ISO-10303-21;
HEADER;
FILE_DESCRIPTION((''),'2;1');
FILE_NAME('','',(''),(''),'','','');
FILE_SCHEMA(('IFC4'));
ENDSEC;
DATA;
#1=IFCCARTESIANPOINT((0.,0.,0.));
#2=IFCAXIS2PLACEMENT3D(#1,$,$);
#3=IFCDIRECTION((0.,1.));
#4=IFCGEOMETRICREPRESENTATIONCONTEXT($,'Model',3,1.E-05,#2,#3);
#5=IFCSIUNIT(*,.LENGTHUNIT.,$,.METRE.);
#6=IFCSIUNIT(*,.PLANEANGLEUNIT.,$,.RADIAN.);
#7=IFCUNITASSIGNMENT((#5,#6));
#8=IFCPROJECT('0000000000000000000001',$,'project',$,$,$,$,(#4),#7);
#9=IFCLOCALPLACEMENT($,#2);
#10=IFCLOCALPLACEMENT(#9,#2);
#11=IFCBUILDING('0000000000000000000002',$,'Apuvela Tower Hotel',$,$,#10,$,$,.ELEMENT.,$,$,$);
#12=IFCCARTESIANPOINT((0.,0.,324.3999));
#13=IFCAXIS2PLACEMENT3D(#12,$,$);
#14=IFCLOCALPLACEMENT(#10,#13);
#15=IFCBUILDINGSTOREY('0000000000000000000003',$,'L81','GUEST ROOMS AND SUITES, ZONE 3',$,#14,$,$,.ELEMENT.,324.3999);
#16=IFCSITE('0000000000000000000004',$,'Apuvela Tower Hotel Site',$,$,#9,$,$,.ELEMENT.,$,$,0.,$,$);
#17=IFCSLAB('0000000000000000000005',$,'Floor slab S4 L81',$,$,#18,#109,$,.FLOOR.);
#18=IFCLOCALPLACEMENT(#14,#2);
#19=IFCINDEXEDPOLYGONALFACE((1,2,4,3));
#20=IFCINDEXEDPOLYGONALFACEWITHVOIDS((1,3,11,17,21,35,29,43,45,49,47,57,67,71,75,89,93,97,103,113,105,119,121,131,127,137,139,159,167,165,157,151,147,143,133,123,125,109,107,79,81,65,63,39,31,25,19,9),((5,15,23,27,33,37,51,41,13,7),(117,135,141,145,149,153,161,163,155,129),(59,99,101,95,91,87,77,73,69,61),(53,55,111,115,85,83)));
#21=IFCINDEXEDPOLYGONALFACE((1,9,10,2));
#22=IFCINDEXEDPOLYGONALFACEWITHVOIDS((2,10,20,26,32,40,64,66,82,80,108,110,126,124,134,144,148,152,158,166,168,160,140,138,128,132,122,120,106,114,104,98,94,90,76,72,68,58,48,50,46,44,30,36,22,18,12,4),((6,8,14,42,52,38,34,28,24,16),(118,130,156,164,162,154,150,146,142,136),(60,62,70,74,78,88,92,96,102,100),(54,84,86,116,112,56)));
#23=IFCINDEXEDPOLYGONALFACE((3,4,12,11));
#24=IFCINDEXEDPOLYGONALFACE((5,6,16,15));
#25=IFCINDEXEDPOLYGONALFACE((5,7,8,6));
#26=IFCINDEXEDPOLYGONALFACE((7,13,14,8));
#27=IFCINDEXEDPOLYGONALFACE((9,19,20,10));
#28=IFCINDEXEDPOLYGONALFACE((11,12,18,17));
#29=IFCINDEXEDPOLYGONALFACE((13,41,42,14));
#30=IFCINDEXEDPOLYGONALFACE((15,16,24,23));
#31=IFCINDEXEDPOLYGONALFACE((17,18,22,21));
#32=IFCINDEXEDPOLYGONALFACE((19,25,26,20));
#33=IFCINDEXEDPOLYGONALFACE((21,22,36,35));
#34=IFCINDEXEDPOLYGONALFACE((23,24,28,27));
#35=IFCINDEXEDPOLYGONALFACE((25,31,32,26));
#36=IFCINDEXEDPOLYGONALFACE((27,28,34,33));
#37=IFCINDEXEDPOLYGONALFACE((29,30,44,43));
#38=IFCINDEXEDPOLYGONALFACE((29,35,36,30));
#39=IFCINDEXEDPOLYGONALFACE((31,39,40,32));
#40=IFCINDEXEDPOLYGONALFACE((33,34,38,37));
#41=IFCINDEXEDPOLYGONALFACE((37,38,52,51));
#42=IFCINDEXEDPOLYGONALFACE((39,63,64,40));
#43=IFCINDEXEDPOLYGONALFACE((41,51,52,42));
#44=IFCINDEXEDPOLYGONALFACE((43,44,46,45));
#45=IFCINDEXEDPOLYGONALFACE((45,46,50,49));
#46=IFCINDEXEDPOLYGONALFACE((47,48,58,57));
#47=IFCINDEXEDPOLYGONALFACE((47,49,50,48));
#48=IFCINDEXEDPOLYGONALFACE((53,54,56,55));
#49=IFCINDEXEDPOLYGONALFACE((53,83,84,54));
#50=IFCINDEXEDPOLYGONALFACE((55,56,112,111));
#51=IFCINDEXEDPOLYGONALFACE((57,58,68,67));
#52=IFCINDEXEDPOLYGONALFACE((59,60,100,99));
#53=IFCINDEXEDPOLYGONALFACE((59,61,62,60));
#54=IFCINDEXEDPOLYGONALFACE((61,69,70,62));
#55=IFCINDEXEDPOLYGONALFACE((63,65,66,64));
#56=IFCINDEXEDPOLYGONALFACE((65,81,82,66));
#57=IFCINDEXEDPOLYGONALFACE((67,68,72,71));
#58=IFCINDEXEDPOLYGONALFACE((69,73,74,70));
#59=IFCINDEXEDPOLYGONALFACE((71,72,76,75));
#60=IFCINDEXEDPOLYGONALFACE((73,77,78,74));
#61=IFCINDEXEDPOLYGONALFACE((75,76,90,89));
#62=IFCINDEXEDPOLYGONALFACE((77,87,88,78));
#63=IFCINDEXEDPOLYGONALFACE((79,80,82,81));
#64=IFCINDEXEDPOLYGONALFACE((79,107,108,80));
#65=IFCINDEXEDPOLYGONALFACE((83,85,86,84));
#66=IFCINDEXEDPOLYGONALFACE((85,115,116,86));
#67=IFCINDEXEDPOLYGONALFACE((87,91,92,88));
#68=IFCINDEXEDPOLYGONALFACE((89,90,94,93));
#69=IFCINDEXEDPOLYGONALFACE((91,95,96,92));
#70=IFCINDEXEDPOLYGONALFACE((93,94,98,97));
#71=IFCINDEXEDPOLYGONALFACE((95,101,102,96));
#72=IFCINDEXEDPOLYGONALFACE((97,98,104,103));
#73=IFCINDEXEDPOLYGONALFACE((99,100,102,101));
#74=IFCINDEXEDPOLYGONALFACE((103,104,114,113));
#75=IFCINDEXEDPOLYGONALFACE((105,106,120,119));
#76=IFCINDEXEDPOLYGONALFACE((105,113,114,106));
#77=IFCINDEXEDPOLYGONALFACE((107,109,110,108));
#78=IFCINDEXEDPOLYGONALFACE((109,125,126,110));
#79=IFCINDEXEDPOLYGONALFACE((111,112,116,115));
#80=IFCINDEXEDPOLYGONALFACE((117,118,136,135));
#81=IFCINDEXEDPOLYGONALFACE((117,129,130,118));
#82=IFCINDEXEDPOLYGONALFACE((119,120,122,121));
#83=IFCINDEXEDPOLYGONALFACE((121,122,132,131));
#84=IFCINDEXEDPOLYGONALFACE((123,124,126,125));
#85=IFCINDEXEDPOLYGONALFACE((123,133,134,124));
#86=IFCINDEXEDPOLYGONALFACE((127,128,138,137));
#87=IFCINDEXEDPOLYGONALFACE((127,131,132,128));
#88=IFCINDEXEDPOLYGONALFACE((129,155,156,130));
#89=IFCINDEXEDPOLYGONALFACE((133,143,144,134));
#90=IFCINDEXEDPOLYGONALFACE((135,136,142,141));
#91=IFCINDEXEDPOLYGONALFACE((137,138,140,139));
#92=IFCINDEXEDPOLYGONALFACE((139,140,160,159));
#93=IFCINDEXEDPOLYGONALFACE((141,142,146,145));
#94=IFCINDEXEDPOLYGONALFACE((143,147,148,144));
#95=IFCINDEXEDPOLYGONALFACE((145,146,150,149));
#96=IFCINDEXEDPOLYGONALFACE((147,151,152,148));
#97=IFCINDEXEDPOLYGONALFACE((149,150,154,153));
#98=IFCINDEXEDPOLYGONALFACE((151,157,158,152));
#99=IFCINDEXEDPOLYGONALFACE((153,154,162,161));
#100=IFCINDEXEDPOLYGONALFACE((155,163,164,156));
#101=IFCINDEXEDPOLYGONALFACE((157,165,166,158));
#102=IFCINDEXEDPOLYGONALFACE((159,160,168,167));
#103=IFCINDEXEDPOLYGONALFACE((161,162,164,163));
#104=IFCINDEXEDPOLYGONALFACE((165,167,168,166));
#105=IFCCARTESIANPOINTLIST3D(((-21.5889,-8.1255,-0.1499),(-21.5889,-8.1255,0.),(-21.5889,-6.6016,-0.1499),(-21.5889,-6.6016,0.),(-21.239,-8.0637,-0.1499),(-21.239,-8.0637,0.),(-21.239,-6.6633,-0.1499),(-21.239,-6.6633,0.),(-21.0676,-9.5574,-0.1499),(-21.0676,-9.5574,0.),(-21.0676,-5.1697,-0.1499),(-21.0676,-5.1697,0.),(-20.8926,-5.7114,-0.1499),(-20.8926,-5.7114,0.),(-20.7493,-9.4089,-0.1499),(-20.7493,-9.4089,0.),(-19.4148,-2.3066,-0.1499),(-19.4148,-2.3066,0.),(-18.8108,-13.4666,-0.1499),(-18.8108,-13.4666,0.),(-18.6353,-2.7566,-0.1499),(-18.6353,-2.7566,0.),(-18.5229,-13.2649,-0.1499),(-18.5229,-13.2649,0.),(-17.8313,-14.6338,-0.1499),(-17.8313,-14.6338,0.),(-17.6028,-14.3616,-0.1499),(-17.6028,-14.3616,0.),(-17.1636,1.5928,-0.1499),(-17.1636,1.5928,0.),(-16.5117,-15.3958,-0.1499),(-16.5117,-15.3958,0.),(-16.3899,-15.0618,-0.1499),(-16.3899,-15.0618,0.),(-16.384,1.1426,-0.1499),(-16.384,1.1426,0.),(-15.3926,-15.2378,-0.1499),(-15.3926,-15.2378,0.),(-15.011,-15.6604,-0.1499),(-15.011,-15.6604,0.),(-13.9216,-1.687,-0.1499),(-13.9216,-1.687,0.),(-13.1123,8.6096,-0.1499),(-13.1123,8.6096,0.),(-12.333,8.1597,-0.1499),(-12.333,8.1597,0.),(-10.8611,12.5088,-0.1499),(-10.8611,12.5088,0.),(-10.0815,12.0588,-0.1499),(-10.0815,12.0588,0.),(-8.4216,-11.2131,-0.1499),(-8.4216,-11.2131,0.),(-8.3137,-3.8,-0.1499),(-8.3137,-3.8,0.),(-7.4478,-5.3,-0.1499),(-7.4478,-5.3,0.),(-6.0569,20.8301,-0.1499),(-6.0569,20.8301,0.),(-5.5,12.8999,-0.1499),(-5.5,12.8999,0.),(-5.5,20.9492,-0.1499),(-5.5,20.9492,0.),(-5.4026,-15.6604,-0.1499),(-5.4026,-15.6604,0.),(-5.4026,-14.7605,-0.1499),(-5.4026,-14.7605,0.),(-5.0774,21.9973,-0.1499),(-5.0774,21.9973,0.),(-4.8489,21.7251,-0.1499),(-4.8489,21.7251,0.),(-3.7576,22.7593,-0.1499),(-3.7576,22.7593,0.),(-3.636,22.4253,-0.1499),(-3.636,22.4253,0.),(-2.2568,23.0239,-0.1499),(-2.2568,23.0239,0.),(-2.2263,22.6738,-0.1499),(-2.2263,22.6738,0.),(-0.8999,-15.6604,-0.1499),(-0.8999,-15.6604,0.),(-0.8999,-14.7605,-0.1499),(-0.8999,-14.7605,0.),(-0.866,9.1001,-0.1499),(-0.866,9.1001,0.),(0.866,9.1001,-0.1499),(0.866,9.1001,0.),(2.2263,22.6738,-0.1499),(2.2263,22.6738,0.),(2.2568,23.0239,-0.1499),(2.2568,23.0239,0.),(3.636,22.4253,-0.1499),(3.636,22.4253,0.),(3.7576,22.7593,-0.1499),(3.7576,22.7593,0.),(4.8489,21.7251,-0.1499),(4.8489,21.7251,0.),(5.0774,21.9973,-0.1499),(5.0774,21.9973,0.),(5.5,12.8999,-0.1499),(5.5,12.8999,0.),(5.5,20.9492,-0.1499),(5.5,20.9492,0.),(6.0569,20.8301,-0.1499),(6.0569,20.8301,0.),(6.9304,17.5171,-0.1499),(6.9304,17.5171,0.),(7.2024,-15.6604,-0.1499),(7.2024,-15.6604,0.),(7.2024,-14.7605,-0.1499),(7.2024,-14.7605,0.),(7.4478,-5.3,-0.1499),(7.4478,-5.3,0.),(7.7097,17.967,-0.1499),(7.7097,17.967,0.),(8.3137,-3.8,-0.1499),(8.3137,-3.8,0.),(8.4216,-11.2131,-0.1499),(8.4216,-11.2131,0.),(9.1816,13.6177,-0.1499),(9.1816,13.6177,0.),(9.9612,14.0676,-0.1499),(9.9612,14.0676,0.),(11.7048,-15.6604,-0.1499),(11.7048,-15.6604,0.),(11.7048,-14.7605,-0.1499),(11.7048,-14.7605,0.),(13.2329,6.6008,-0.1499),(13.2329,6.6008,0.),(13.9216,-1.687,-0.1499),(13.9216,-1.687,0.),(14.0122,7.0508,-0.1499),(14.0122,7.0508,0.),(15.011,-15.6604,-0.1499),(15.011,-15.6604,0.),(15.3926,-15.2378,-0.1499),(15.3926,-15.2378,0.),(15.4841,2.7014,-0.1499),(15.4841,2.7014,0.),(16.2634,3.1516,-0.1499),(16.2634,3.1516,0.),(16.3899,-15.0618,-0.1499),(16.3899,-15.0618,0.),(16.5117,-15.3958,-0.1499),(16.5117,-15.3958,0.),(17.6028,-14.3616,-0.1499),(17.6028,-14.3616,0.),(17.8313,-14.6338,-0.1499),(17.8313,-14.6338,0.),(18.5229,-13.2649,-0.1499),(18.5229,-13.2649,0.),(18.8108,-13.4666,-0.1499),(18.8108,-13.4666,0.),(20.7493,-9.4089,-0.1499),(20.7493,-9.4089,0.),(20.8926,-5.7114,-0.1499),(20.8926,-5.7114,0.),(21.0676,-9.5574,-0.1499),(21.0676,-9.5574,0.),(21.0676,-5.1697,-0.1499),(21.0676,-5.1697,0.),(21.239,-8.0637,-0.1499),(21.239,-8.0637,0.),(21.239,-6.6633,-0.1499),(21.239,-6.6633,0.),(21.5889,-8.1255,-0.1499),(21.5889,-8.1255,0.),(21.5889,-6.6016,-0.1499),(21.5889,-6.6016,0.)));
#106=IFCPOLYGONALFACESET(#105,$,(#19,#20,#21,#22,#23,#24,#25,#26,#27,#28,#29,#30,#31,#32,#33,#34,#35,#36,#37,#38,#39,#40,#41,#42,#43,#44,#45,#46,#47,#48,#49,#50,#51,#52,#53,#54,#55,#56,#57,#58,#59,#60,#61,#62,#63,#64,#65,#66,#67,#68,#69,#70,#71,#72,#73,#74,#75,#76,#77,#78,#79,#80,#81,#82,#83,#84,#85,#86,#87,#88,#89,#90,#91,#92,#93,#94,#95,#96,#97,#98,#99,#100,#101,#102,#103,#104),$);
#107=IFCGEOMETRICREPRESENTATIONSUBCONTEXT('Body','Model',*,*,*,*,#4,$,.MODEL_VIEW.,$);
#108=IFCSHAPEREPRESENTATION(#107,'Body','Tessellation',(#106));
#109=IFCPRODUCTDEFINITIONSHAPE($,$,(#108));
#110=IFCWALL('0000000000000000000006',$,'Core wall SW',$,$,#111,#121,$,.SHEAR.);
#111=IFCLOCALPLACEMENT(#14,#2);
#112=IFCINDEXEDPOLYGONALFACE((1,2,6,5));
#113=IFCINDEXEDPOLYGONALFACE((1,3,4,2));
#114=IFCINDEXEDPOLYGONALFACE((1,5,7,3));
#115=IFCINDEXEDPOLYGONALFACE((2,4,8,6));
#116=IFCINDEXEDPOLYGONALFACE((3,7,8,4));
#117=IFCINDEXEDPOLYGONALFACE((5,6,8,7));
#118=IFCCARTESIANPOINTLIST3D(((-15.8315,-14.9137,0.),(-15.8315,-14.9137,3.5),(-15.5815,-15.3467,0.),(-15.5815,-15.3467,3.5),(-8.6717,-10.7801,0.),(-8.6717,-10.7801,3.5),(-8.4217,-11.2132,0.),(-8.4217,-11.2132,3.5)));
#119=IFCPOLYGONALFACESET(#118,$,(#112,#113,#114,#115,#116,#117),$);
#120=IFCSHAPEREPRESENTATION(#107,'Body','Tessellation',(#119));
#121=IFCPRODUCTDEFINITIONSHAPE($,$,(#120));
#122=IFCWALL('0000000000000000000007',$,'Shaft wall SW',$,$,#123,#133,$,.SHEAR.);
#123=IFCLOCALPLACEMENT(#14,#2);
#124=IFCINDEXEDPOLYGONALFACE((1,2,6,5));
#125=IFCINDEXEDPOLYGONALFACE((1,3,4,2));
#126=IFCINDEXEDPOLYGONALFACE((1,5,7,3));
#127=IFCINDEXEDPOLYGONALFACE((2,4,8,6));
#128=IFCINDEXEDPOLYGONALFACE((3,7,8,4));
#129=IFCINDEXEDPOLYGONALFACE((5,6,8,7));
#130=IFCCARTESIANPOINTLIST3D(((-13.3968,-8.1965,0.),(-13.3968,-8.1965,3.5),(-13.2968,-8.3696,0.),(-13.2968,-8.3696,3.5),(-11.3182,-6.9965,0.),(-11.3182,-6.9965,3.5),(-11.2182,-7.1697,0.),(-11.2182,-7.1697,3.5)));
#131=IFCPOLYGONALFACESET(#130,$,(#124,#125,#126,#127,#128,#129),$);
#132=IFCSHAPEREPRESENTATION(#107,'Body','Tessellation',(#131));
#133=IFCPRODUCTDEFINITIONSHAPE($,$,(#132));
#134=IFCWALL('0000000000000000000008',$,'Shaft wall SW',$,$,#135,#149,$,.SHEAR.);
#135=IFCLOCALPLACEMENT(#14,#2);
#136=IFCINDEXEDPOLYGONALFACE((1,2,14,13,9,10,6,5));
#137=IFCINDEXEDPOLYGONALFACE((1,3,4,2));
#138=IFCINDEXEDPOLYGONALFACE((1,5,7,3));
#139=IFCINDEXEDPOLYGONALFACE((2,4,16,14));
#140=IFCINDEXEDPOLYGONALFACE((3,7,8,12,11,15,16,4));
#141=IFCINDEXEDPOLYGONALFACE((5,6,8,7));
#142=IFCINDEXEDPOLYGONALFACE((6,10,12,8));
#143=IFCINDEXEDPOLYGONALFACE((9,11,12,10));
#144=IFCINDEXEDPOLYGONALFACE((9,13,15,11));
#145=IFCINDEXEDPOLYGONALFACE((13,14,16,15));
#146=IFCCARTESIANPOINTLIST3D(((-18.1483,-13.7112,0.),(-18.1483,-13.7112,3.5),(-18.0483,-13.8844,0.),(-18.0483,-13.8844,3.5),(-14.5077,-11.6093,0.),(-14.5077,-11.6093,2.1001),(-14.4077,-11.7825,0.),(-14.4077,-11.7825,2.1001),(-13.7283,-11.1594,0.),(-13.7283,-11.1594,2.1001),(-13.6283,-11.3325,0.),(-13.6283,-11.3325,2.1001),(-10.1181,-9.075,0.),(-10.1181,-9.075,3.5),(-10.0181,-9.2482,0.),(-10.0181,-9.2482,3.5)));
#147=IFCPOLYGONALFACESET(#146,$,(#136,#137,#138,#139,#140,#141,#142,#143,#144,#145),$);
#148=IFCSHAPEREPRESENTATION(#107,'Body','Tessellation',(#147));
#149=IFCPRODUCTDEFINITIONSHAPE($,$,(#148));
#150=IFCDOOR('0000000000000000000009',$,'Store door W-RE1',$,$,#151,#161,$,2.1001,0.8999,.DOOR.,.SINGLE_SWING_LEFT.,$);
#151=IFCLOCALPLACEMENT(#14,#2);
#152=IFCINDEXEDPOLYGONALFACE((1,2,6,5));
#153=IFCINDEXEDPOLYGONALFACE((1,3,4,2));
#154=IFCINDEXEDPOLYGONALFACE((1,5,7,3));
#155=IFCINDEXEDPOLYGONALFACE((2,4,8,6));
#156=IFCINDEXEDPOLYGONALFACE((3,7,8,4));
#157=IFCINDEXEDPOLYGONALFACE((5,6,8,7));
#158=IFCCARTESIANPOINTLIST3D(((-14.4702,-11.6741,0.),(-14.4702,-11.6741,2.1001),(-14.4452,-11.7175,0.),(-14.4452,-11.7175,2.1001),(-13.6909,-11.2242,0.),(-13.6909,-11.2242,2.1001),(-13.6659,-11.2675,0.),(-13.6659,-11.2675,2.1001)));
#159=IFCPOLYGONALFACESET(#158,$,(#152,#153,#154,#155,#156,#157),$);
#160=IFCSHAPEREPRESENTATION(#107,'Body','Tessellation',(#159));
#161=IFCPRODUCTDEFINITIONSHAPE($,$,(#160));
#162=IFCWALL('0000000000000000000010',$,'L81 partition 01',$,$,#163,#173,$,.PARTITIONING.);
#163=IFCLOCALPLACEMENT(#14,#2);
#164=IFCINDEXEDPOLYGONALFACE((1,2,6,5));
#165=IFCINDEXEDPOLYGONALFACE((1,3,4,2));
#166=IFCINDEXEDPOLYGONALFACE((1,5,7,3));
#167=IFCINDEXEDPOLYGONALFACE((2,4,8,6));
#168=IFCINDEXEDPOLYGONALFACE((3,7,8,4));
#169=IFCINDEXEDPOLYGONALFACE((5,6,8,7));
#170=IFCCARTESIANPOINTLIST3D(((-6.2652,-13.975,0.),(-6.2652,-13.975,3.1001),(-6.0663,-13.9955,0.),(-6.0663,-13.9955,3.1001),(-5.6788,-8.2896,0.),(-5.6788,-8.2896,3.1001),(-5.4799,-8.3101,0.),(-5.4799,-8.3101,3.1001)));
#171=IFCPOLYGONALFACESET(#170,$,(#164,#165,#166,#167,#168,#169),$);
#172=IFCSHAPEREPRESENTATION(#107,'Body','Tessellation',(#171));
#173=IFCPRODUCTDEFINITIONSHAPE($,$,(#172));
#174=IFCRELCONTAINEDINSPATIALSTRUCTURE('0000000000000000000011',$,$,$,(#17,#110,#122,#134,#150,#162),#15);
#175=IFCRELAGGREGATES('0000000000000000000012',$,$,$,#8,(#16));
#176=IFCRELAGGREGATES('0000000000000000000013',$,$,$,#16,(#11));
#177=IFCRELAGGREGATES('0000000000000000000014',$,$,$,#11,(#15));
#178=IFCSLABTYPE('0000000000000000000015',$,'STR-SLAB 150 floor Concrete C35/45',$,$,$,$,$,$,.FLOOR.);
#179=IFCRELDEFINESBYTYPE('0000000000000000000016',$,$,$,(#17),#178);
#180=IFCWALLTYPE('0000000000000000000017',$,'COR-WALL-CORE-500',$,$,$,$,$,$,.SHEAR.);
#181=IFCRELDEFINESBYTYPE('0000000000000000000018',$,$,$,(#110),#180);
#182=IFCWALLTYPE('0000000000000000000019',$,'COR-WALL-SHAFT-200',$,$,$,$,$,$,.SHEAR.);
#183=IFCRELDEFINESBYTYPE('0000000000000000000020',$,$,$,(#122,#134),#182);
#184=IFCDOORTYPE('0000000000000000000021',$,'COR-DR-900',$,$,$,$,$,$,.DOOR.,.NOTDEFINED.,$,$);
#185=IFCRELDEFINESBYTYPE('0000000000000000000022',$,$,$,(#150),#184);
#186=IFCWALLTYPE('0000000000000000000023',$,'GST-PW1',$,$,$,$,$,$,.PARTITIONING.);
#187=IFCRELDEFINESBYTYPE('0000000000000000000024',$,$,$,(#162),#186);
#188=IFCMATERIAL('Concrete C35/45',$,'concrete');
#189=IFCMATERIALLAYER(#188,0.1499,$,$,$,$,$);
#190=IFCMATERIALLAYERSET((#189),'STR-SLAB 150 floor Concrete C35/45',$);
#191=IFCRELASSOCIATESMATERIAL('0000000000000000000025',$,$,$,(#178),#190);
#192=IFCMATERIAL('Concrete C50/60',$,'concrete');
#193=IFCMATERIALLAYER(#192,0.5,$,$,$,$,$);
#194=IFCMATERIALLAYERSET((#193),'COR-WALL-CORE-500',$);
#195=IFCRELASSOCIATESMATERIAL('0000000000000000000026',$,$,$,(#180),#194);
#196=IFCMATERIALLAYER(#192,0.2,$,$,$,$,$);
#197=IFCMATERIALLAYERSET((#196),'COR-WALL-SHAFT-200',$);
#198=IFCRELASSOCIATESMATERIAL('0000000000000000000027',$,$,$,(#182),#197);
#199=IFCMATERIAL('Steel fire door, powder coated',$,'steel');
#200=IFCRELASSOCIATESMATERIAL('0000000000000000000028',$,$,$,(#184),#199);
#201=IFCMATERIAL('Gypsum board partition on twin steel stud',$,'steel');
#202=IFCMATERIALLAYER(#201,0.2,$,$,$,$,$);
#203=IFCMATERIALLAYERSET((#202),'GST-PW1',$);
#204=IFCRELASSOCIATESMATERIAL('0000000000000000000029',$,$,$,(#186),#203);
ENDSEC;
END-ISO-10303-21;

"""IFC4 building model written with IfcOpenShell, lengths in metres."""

from ifc_helpers import new_model, si_unit, direction, frame, frame_2d, origin, place, context, subcontext, project, spatial, polyline, rectangle, outline, extrude, material, layer, layer_set, type_object, element, fill, save


model = new_model("IFC4")

# Units and contexts
model_context = context("Model", 3, precision=1e-05, world=origin(), true_north=direction((0.0, 1.0)))
body_context = subcontext(model_context, "Body", "Model", "MODEL_VIEW")
ifc_project = project(units=[si_unit("LENGTHUNIT", "METRE"), si_unit("PLANEANGLEUNIT", "RADIAN")], contexts=[model_context])

# Site, building, storey
site_placement = place(None, origin())
site = spatial("IfcSite", under=ifc_project, at=site_placement, Name="Apuvela Tower Hotel Site", CompositionType="ELEMENT", RefElevation=0.0)
building_placement = place(site_placement, origin())
building = spatial("IfcBuilding", under=site, at=building_placement, Name="Apuvela Tower Hotel", CompositionType="ELEMENT")
storey_placement = place(building_placement, frame((0.0, 0.0, 324.3999)))
storey = spatial("IfcBuildingStorey", under=building, at=storey_placement, Name="L81", Description="GUEST ROOMS AND SUITES, ZONE 3", CompositionType="ELEMENT", Elevation=324.3999)

# Slab
ifc_material_1 = material(Name="Concrete C35/45", Category="concrete")
ifc_layer_1 = layer(ifc_material_1, 0.1499)
ifc_layer_set_1 = layer_set([ifc_layer_1], Name="STR-SLAB 150 floor Concrete C35/45")
slab_type = type_object("IfcSlabType", Name="STR-SLAB 150 floor Concrete C35/45", PredefinedType="FLOOR", material=ifc_layer_set_1)
slab_placement = place(storey_placement, frame((0.0, 0.0, -0.1499)))
element("IfcSlab", 1, at=slab_placement, inside=storey, type_object=slab_type, Name="Floor slab S4 L81", PredefinedType="FLOOR", context=body_context, shape_type="SweptSolid", body=[
    extrude(outline(polyline([(-5.0774, 21.9973), (-3.7576, 22.7593), (-2.2568, 23.0239), (2.2568, 23.0239), (3.7576, 22.7593), (5.0774, 21.9973), (6.0569, 20.8301), (7.7097, 17.967), (6.9304, 17.5171), (9.1816, 13.6177), (9.9612, 14.0676), (14.0122, 7.0508), (13.2329, 6.6008), (15.4841, 2.7014), (16.2634, 3.1516), (21.0676, -5.1697), (21.5889, -6.6016), (21.5889, -8.1255), (21.0676, -9.5574), (18.8108, -13.4666), (17.8313, -14.6338), (16.5117, -15.3958), (15.011, -15.6604), (11.7048, -15.6604), (11.7048, -14.7605), (7.2024, -14.7605), (7.2024, -15.6604), (-0.8999, -15.6604), (-0.8999, -14.7605), (-5.4026, -14.7605), (-5.4026, -15.6604), (-15.011, -15.6604), (-16.5117, -15.3958), (-17.8313, -14.6338), (-18.8108, -13.4666), (-21.0676, -9.5574), (-21.5889, -8.1255), (-21.5889, -6.6016), (-21.0676, -5.1697), (-19.4148, -2.3066), (-18.6353, -2.7566), (-16.384, 1.1426), (-17.1636, 1.5928), (-13.1123, 8.6096), (-12.333, 8.1597), (-10.0815, 12.0588), (-10.8611, 12.5088), (-6.0569, 20.8301), (-5.0774, 21.9973)]), holes=[polyline([(0.866, 9.1001), (-0.866, 9.1001), (-8.3137, -3.8), (-7.4478, -5.3), (7.4478, -5.3), (8.3137, -3.8), (0.866, 9.1001)]), polyline([(-5.5, 12.8999), (-5.5, 20.9492), (-4.8489, 21.7251), (-3.636, 22.4253), (-2.2263, 22.6738), (2.2263, 22.6738), (3.636, 22.4253), (4.8489, 21.7251), (5.5, 20.9492), (5.5, 12.8999), (-5.5, 12.8999)]), polyline([(-8.4216, -11.2131), (-15.3926, -15.2378), (-16.3899, -15.0618), (-17.6028, -14.3616), (-18.5229, -13.2649), (-20.7493, -9.4089), (-21.239, -8.0637), (-21.239, -6.6633), (-20.8926, -5.7114), (-13.9216, -1.687), (-8.4216, -11.2131)]), polyline([(13.9216, -1.687), (20.8926, -5.7114), (21.239, -6.6633), (21.239, -8.0637), (20.7493, -9.4089), (18.5229, -13.2649), (17.6028, -14.3616), (16.3899, -15.0618), (15.3926, -15.2378), (8.4216, -11.2131), (13.9216, -1.687)])]), origin(), (0.0, 0.0, 1.0), 0.1499),
])

# Walls
ifc_material_2 = material(Name="Concrete C50/60", Category="concrete")
ifc_layer_2 = layer(ifc_material_2, 0.5)
ifc_layer_set_2 = layer_set([ifc_layer_2], Name="COR-WALL-CORE-500")
wall_type_1 = type_object("IfcWallType", Name="COR-WALL-CORE-500", PredefinedType="SHEAR", material=ifc_layer_set_2)
wall_1_placement = place(storey_placement, frame((-8.5466, -10.9966, 0.0), z_axis=(0.0, 0.0, 1.0), x_axis=(-0.86603, -0.499992, 0.0)))
element("IfcWall", 2, at=wall_1_placement, inside=storey, type_object=wall_type_1, Name="Core wall SW", PredefinedType="SHEAR", context=body_context, shape_type="SweptSolid", body=[
    extrude(rectangle(XDim=8.2673, YDim=0.5, at=frame_2d((4.1338, 0.0))), origin(), (0.0, 0.0, 1.0), 3.5),
])
ifc_layer_3 = layer(ifc_material_2, 0.2)
ifc_layer_set_3 = layer_set([ifc_layer_3], Name="COR-WALL-SHAFT-200")
wall_type_2 = type_object("IfcWallType", Name="COR-WALL-SHAFT-200", PredefinedType="SHEAR", material=ifc_layer_set_3)
wall_2_placement = place(storey_placement, frame((-11.2681, -7.083, 0.0), z_axis=(0.0, 0.0, 1.0), x_axis=(-0.86605, -0.499957, 0.0)))
element("IfcWall", 3, at=wall_2_placement, inside=storey, type_object=wall_type_2, Name="Shaft wall SW", PredefinedType="SHEAR", context=body_context, shape_type="SweptSolid", body=[
    extrude(rectangle(XDim=2.4001, YDim=0.2, at=frame_2d((1.2002, 0.0))), origin(), (0.0, 0.0, 1.0), 3.5),
])

# Wall, opening, door
wall_3_placement = place(storey_placement, frame((-10.0681, -9.1616, 0.0), z_axis=(0.0, 0.0, 1.0), x_axis=(-0.866028, -0.499996, 0.0)))
wall_3 = element("IfcWall", 4, at=wall_3_placement, inside=storey, type_object=wall_type_2, Name="Shaft wall SW", PredefinedType="SHEAR", context=body_context, shape_type="SweptSolid", body=[
    extrude(rectangle(XDim=9.2725, YDim=0.2, at=frame_2d((4.6362, 0.0))), origin(), (0.0, 0.0, 1.0), 3.5),
])
opening_1_placement = place(wall_3_placement, frame((4.1687, 0.0, 0.0)))
opening_1 = element("IfcOpeningElement", 5, at=opening_1_placement, cuts=wall_3, PredefinedType="OPENING", context=body_context, shape_type="SweptSolid", body=[
    extrude(rectangle(XDim=0.8999, YDim=2.1001, at=frame_2d((0.45, 1.05))), frame((0.0, 0.1099, 0.0), z_axis=(0.0, -1.0, 0.0), x_axis=(1.0, 0.0, 0.0)), (0.0, 0.0, 1.0), 0.22),
])
ifc_material_3 = material(Name="Steel fire door, powder coated", Category="steel")
door_type_1 = type_object("IfcDoorType", Name="COR-DR-900", OperationType="NOTDEFINED", PredefinedType="DOOR", material=ifc_material_3)
door_1_placement = place(opening_1_placement, origin())
door_1 = element("IfcDoor", 6, at=door_1_placement, inside=storey, type_object=door_type_1, Name="Store door W-RE1", OperationType="SINGLE_SWING_LEFT", OverallHeight=2.1001, OverallWidth=0.8999, PredefinedType="DOOR", context=body_context, shape_type="SweptSolid", body=[
    extrude(rectangle(XDim=0.8999, YDim=2.1001, at=frame_2d((0.45, 1.05))), frame((0.0, 0.0249, 0.0), z_axis=(0.0, -1.0, 0.0), x_axis=(1.0, 0.0, 0.0)), (0.0, 0.0, 1.0), 0.05),
])
fill(opening_1, door_1)

# Wall
ifc_material_4 = material(Name="Gypsum board partition on twin steel stud", Category="steel")
ifc_layer_4 = layer(ifc_material_4, 0.2)
ifc_layer_set_4 = layer_set([ifc_layer_4], Name="GST-PW1")
wall_type_3 = type_object("IfcWallType", Name="GST-PW1", PredefinedType="PARTITIONING", material=ifc_layer_set_4)
wall_4_placement = place(storey_placement, frame((-6.1658, -13.9854, 0.0), z_axis=(0.0, 0.0, 1.0), x_axis=(0.102603, 0.994722, 0.0)))
element("IfcWall", 7, at=wall_4_placement, inside=storey, type_object=wall_type_3, Name="L81 partition 01", PredefinedType="PARTITIONING", context=body_context, shape_type="SweptSolid", body=[
    extrude(rectangle(XDim=5.7156, YDim=0.2, at=frame_2d((2.8579, 0.0))), origin(), (0.0, 0.0, 1.0), 3.1001),
])

save(model, "model.ifc")
